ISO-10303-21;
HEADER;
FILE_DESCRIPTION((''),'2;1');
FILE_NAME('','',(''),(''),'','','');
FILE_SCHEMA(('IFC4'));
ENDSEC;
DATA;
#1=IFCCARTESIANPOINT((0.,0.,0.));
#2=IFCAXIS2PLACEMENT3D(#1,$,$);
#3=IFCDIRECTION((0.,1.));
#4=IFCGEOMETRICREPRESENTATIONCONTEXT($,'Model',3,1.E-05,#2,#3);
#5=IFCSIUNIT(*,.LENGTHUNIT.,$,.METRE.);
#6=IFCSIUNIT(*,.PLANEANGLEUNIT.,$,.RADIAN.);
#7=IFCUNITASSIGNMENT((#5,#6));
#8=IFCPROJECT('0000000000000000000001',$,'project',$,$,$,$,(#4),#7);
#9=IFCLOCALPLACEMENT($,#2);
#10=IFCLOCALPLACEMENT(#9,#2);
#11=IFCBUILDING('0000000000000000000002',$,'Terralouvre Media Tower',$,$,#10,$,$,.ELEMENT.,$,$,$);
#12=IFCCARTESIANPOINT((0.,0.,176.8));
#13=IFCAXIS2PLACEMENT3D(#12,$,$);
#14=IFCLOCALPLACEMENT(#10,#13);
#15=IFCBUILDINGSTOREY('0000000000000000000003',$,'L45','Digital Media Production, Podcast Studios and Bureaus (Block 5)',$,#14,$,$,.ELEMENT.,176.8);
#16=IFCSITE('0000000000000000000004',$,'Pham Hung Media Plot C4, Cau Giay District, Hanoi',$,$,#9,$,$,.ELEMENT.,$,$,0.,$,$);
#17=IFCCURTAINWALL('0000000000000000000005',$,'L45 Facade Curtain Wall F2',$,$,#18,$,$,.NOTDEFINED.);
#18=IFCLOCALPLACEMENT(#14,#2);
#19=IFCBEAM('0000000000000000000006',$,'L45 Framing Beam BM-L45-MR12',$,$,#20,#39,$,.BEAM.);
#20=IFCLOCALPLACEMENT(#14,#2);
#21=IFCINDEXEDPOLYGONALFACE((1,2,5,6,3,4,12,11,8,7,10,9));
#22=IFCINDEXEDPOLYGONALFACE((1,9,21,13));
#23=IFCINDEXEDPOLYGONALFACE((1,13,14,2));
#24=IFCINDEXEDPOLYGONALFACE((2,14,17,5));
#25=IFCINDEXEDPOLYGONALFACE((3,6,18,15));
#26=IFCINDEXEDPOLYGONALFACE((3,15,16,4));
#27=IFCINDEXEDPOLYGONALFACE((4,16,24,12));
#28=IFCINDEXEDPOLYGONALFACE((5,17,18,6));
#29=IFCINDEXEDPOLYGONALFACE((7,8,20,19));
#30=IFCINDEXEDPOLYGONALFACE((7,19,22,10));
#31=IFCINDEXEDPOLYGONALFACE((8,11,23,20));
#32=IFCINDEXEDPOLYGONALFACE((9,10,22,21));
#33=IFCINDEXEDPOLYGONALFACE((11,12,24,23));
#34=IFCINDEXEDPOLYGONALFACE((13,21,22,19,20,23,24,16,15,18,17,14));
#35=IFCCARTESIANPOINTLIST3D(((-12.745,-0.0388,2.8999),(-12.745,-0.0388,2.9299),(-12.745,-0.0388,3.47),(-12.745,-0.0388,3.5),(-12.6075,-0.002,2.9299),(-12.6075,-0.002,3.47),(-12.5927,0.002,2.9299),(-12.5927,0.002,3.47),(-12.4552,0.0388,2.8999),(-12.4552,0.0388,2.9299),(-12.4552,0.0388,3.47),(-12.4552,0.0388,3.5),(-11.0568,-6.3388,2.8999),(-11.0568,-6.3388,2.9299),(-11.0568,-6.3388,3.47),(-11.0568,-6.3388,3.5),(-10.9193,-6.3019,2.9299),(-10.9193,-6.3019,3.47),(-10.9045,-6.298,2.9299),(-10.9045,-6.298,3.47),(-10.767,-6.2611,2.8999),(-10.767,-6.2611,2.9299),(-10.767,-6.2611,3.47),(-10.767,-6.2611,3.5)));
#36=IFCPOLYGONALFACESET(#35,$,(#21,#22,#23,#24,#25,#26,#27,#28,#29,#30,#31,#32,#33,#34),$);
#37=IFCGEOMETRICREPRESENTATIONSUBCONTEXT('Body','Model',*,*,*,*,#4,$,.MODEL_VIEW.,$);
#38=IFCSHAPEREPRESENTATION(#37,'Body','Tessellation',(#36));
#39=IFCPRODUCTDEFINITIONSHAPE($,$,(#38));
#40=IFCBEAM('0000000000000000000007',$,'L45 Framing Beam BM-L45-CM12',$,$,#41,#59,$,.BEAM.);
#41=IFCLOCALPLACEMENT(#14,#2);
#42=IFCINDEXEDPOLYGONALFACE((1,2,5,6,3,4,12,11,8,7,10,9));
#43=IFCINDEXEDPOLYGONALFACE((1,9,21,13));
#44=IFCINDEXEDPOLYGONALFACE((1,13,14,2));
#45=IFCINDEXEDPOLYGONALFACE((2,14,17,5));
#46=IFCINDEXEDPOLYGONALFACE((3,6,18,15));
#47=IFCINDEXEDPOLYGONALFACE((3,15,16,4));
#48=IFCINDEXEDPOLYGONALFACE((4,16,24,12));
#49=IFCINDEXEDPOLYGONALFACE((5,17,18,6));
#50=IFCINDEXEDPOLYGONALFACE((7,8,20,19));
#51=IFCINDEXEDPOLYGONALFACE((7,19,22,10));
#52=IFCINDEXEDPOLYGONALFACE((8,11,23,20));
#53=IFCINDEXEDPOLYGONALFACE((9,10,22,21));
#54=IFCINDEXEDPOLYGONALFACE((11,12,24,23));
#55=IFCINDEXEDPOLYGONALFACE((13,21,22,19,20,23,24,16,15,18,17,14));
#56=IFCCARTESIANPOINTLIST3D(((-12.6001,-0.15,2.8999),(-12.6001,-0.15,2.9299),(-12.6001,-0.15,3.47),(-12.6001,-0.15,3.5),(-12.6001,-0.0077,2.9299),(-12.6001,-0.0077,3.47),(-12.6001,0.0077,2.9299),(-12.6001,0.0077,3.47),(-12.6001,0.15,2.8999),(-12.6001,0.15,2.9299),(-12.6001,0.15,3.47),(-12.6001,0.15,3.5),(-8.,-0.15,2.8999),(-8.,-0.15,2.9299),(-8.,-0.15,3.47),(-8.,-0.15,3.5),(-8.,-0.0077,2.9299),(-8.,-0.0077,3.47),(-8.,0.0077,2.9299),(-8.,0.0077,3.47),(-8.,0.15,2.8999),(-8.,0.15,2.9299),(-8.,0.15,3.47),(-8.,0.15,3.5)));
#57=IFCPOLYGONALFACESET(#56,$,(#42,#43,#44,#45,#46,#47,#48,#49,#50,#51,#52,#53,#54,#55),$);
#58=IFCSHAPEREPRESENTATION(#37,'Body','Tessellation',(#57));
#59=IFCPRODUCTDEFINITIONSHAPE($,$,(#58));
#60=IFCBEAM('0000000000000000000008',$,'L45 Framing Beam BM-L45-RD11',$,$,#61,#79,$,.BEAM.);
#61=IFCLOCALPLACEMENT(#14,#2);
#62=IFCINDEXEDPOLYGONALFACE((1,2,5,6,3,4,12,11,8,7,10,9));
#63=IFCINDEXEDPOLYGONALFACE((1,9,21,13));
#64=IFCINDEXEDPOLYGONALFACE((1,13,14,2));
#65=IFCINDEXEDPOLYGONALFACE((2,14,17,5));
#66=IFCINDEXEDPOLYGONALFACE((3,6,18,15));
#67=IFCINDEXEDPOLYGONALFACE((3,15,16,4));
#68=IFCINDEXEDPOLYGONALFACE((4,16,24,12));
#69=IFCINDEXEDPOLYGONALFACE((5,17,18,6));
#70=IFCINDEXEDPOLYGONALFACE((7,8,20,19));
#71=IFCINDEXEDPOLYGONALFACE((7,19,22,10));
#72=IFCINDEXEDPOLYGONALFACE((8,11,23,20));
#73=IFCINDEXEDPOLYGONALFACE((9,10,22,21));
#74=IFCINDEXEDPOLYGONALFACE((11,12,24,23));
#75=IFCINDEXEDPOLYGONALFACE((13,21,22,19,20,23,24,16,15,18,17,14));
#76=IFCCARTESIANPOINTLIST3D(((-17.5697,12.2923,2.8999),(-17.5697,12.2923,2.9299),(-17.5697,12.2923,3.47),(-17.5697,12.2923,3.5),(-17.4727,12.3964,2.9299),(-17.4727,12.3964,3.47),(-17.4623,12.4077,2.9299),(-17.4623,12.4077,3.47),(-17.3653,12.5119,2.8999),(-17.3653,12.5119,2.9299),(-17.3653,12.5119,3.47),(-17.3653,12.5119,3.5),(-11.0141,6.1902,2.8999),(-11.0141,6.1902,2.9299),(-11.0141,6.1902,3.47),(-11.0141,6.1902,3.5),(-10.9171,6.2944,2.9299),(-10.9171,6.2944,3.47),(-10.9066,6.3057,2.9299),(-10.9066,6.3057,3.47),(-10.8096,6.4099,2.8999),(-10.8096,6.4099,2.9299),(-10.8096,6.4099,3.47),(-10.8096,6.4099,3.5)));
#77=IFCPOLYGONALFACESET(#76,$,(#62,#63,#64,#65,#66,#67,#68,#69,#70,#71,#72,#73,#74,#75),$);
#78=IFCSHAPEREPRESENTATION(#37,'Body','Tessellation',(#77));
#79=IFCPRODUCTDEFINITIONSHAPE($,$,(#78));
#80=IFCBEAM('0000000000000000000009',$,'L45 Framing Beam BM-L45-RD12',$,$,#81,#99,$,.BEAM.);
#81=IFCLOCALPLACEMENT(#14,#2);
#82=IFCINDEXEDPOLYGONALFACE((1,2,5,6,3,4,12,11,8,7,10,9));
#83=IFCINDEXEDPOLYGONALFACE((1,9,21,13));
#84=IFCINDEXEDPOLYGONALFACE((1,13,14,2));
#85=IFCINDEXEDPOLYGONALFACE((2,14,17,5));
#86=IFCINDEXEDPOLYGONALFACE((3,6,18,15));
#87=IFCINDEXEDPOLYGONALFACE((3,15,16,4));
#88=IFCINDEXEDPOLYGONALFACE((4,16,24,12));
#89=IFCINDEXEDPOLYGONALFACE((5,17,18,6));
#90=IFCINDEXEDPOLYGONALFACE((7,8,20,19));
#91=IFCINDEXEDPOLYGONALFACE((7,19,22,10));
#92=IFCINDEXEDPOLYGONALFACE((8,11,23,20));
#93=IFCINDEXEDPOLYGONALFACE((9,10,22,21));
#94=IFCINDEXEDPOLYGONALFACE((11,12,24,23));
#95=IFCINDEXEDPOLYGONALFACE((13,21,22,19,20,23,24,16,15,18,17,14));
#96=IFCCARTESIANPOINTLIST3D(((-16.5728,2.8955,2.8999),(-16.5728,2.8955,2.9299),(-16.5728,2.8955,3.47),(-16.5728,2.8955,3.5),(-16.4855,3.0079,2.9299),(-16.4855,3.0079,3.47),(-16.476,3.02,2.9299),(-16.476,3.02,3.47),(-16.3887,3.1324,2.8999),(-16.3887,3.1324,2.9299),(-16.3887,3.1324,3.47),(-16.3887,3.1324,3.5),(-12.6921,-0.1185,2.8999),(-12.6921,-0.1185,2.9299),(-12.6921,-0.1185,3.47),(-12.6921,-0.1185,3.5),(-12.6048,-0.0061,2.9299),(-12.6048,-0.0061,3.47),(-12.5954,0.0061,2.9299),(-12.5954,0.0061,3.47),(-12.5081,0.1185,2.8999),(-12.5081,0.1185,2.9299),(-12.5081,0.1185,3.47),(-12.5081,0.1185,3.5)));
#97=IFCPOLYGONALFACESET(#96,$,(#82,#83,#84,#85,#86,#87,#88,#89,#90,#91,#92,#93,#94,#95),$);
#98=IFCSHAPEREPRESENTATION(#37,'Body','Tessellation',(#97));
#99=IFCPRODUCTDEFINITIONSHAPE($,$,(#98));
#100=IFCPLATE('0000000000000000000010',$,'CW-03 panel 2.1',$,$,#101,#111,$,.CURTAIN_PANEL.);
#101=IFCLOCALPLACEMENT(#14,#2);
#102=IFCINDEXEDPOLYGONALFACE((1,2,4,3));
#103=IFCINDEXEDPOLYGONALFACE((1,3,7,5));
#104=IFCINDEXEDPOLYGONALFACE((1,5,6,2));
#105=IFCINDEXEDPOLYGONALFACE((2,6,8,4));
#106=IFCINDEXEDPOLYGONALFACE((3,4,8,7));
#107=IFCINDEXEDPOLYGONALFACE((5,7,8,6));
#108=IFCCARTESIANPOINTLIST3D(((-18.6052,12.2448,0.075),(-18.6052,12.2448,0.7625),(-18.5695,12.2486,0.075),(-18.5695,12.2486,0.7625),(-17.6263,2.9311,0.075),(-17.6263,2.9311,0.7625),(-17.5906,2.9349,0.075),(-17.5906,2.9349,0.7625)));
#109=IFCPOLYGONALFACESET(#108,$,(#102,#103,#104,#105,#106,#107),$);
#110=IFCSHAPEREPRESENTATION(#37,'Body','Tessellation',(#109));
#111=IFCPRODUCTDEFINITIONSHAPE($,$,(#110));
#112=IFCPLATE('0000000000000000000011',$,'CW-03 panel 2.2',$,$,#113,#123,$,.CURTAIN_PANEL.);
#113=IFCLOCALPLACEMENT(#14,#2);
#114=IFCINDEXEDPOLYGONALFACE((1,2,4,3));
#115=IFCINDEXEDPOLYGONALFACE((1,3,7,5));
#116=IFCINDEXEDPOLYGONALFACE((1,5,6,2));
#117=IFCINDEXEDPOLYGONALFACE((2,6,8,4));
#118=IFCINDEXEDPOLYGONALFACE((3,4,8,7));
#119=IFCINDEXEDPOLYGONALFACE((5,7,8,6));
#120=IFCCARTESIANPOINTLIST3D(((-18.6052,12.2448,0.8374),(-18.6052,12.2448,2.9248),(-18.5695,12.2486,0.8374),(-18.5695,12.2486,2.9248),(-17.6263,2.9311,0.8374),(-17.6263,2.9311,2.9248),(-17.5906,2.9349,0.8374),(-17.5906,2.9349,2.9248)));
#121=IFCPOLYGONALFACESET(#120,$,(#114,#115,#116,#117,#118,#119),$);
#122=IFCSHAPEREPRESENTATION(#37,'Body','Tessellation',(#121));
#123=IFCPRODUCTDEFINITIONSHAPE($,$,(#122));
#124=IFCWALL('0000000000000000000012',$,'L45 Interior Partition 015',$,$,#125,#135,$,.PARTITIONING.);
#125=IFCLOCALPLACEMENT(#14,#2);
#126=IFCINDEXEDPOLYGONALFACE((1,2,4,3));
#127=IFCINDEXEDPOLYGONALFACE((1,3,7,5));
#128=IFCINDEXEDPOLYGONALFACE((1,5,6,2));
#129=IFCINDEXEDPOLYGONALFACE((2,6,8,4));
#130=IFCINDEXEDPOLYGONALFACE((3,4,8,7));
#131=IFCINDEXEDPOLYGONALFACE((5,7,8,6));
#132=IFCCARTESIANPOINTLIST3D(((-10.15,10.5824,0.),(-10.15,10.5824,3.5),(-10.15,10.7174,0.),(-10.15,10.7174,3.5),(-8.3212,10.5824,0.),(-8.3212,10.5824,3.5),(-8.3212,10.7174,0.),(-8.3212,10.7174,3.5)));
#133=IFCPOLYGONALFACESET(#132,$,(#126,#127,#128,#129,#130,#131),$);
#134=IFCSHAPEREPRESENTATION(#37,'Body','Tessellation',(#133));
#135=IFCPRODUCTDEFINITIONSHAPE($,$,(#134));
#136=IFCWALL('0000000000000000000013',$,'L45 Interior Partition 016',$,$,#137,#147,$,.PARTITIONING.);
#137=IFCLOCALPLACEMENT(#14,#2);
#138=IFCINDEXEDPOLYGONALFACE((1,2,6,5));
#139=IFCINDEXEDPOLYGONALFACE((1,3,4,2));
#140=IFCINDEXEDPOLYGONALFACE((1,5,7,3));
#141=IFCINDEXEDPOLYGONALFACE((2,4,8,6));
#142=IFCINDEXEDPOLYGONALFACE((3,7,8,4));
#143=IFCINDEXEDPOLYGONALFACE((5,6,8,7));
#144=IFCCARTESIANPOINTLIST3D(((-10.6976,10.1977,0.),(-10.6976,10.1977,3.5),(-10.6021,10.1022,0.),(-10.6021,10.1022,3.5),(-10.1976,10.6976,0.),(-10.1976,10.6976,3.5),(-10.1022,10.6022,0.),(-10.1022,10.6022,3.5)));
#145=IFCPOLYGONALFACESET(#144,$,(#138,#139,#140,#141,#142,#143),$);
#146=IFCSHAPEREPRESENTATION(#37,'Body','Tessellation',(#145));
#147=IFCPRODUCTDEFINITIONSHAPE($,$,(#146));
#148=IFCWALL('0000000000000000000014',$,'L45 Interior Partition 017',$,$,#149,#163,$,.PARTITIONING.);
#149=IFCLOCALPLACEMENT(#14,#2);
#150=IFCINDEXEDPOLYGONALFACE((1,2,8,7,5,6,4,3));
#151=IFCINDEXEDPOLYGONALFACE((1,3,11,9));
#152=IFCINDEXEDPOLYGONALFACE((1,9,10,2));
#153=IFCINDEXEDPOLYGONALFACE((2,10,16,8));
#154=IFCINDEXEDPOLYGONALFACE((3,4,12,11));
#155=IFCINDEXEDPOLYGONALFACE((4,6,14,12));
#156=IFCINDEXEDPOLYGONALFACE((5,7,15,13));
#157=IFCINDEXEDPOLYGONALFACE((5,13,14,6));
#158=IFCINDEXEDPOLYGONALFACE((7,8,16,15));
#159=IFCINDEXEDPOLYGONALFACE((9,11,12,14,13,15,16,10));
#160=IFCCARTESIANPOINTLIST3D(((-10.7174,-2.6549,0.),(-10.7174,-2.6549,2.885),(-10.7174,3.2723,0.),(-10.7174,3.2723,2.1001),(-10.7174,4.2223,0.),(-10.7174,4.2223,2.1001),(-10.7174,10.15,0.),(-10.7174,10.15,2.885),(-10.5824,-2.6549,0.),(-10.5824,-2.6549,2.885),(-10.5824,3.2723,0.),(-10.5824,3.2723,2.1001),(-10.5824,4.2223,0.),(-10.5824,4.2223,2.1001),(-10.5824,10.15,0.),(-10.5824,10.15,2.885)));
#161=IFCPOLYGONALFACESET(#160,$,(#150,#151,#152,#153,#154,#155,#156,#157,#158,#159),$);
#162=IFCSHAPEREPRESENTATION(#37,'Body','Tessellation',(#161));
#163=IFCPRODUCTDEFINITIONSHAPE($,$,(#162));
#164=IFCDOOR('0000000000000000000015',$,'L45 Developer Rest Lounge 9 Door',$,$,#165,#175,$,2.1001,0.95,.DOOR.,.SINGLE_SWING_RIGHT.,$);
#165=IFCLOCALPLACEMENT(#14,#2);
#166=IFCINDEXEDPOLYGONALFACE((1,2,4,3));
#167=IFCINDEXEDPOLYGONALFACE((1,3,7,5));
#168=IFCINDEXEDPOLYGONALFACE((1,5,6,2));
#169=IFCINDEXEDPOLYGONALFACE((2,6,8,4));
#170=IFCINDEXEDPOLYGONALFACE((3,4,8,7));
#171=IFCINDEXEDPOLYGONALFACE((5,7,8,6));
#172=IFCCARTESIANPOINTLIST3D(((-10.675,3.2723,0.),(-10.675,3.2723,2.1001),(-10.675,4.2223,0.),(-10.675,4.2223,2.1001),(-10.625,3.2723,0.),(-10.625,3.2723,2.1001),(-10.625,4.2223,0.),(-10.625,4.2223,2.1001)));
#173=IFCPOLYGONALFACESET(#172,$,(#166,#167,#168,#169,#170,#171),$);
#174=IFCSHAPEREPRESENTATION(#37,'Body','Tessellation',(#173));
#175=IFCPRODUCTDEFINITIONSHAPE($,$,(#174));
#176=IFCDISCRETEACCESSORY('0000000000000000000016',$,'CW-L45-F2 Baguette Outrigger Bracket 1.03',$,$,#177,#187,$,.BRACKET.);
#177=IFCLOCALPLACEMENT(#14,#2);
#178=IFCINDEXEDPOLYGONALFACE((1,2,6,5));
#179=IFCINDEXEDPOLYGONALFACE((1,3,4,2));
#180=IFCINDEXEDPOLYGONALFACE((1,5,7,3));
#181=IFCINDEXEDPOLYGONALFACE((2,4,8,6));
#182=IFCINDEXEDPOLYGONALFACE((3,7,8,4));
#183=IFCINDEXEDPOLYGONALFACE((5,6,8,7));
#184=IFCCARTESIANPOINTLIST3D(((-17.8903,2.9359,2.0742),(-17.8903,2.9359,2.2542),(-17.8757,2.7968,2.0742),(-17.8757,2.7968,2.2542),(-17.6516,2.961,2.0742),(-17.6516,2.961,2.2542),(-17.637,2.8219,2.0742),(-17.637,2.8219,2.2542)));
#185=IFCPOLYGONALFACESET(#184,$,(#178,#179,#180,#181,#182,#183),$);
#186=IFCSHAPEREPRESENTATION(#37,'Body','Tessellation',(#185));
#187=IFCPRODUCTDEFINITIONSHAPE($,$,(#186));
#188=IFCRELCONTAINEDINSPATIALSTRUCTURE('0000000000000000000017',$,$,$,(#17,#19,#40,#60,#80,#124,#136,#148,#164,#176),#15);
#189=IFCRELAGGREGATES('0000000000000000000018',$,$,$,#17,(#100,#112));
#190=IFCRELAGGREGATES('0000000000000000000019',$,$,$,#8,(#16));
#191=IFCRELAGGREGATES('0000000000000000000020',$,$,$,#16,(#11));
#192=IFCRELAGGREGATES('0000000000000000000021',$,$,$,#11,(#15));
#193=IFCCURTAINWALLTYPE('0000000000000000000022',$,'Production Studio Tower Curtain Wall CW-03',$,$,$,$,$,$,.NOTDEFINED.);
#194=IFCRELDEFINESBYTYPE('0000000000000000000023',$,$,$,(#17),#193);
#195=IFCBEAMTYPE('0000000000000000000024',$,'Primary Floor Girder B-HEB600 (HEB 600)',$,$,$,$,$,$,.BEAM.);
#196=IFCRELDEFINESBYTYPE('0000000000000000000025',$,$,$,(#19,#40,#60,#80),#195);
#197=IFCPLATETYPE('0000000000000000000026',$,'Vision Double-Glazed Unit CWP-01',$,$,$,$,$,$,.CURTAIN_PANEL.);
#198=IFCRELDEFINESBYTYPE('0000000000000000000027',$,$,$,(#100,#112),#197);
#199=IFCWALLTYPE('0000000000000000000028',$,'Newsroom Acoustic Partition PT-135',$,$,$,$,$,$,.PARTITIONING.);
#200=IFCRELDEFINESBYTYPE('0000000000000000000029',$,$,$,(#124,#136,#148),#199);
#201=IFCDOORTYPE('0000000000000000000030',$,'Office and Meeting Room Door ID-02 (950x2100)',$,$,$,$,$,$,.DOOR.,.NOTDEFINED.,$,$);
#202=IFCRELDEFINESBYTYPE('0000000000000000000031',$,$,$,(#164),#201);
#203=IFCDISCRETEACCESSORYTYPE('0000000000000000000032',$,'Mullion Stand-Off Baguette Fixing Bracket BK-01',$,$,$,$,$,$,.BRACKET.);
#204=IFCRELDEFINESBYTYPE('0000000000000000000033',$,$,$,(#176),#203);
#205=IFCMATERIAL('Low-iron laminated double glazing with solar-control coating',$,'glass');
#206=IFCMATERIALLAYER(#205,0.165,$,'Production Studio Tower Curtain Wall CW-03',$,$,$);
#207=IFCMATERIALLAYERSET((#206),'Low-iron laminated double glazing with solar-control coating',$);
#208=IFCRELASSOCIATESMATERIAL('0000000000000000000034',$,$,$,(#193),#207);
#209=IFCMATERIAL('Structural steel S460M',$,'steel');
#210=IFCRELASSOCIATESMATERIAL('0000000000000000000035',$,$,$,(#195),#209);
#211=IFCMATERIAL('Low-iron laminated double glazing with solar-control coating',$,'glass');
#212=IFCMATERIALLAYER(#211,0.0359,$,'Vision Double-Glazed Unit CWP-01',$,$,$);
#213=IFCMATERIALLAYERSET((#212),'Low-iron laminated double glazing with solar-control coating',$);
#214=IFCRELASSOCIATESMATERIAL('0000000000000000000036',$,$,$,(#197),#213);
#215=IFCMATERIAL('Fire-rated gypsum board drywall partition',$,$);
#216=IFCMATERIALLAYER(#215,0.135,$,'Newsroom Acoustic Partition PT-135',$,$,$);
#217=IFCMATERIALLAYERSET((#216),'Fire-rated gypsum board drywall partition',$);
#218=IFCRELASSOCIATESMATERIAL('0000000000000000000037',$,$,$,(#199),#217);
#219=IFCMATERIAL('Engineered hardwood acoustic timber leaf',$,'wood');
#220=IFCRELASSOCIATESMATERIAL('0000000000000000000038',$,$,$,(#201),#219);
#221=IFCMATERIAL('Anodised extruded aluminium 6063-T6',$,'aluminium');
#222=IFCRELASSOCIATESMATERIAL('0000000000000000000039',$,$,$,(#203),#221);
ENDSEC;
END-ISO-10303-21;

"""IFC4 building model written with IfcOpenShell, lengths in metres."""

from ifc_helpers import new_model, si_unit, direction, frame, frame_2d, origin, origin_2d, place, context, subcontext, project, spatial, rectangle, i_section, extrude, material, layer, layer_set, material_profile, profile_set, type_object, element, fill, aggregate, save


model = new_model("IFC4")

# Units and contexts
model_context = context("Model", 3, precision=1e-05, world=origin(), true_north=direction((0.0, 1.0)))
body_context = subcontext(model_context, "Body", "Model", "MODEL_VIEW")
ifc_project = project(units=[si_unit("LENGTHUNIT", "METRE"), si_unit("PLANEANGLEUNIT", "RADIAN")], contexts=[model_context])

# Site, building, storey
site_placement = place(None, origin())
site = spatial("IfcSite", under=ifc_project, at=site_placement, Name="Pham Hung Media Plot C4, Cau Giay District, Hanoi", CompositionType="ELEMENT", RefElevation=0.0)
building_placement = place(site_placement, origin())
building = spatial("IfcBuilding", under=site, at=building_placement, Name="Terralouvre Media Tower", CompositionType="ELEMENT")
storey_placement = place(building_placement, frame((0.0, 0.0, 176.8)))
storey = spatial("IfcBuildingStorey", under=building, at=storey_placement, Name="L45", Description="Digital Media Production, Podcast Studios and Bureaus (Block 5)", CompositionType="ELEMENT", Elevation=176.8)

# Curtain wall
ifc_material_1 = material(Name="Low-iron laminated double glazing with solar-control coating", Category="glass")
ifc_layer_1 = layer(ifc_material_1, 0.165, Name="Production Studio Tower Curtain Wall CW-03")
ifc_layer_set_1 = layer_set([ifc_layer_1], Name="Low-iron laminated double glazing with solar-control coating")
curtain_wall_type = type_object("IfcCurtainWallType", Name="Production Studio Tower Curtain Wall CW-03", PredefinedType="NOTDEFINED", material=ifc_layer_set_1)
curtain_wall_placement = place(storey_placement, origin())
curtain_wall = element("IfcCurtainWall", 1, at=curtain_wall_placement, inside=storey, type_object=curtain_wall_type, Name="L45 Facade Curtain Wall F2", PredefinedType="NOTDEFINED")

# Beams
ifc_material_2 = material(Name="Structural steel S460M", Category="steel")
ifc_material_profile_1 = material_profile(ifc_material_2, i_section(OverallWidth=0.3, OverallDepth=0.6001, WebThickness=0.0154, FlangeThickness=0.03, at=origin_2d()), Name="HEB 600")
ifc_profile_set_1 = profile_set([ifc_material_profile_1], Name="Structural steel S460M")
beam_type_1 = type_object("IfcBeamType", Name="Primary Floor Girder B-HEB600 (HEB 600)", PredefinedType="BEAM", material=ifc_profile_set_1)
for number, where, z_axis, x_axis, name in (
    (2, (-12.6001, 0.0, 3.2), (0.258839, -0.96592, 0.0), (0.96592, 0.258839, 0.0), "L45 Framing Beam BM-L45-MR12"),
):
    element("IfcBeam", number, at=place(storey_placement, frame(where, z_axis=z_axis, x_axis=x_axis)), inside=storey, type_object=beam_type_1, Name=name, PredefinedType="BEAM", context=body_context, shape_type="SweptSolid", body=[
        extrude(i_section(OverallWidth=0.3, OverallDepth=0.6001, WebThickness=0.0154, FlangeThickness=0.03, at=origin_2d()), origin(), (0.0, 0.0, 1.0), 6.5222),
    ])
beam_1_placement = place(storey_placement, frame((-8.0, 0.0, 3.2), z_axis=(-1.0, 0.0, 0.0), x_axis=(0.0, -1.0, 0.0)))
element("IfcBeam", 3, at=beam_1_placement, inside=storey, type_object=beam_type_1, Name="L45 Framing Beam BM-L45-CM12", PredefinedType="BEAM", context=body_context, shape_type="SweptSolid", body=[
    extrude(i_section(OverallWidth=0.3, OverallDepth=0.6001, WebThickness=0.0154, FlangeThickness=0.03, at=origin_2d()), origin(), (0.0, 0.0, 1.0), 4.6001),
])
beam_2_placement = place(storey_placement, frame((-10.9119, 6.3, 3.2), z_axis=(-0.731977, 0.681329, 0.0), x_axis=(-0.681329, -0.731977, 0.0)))
element("IfcBeam", 4, at=beam_2_placement, inside=storey, type_object=beam_type_1, Name="L45 Framing Beam BM-L45-RD11", PredefinedType="BEAM", context=body_context, shape_type="SweptSolid", body=[
    extrude(i_section(OverallWidth=0.3, OverallDepth=0.6001, WebThickness=0.0154, FlangeThickness=0.03, at=origin_2d()), origin(), (0.0, 0.0, 1.0), 8.9561),
])
beam_3_placement = place(storey_placement, frame((-12.6001, 0.0, 3.2), z_axis=(-0.78978, 0.61339, 0.0), x_axis=(-0.61339, -0.78978, 0.0)))
element("IfcBeam", 5, at=beam_3_placement, inside=storey, type_object=beam_type_1, Name="L45 Framing Beam BM-L45-RD12", PredefinedType="BEAM", context=body_context, shape_type="SweptSolid", body=[
    extrude(i_section(OverallWidth=0.3, OverallDepth=0.6001, WebThickness=0.0154, FlangeThickness=0.03, at=origin_2d()), origin(), (0.0, 0.0, 1.0), 4.9136),
])

# Plates
ifc_material_3 = material(Name="Low-iron laminated double glazing with solar-control coating", Category="glass")
ifc_layer_2 = layer(ifc_material_3, 0.0359, Name="Vision Double-Glazed Unit CWP-01")
ifc_layer_set_2 = layer_set([ifc_layer_2], Name="Low-iron laminated double glazing with solar-control coating")
plate_type = type_object("IfcPlateType", Name="Vision Double-Glazed Unit CWP-01", PredefinedType="CURTAIN_PANEL", material=ifc_layer_set_2)
plate_1_placement = place(storey_placement, frame((-18.0979, 7.5898, 0.075), z_axis=(0.0, 0.0, 1.0), x_axis=(0.104528, -0.994522, 0.0)))
plate_1 = element("IfcPlate", 6, at=plate_1_placement, type_object=plate_type, Name="CW-03 panel 2.1", PredefinedType="CURTAIN_PANEL", context=body_context, shape_type="SweptSolid", body=[
    extrude(rectangle(XDim=9.365, YDim=0.0359, at=origin_2d()), origin(), (0.0, 0.0, 1.0), 0.6875),
])
plate_2_placement = place(storey_placement, frame((-18.0979, 7.5898, 0.8374), z_axis=(0.0, 0.0, 1.0), x_axis=(0.104528, -0.994522, 0.0)))
plate_2 = element("IfcPlate", 7, at=plate_2_placement, type_object=plate_type, Name="CW-03 panel 2.2", PredefinedType="CURTAIN_PANEL", context=body_context, shape_type="SweptSolid", body=[
    extrude(rectangle(XDim=9.365, YDim=0.0359, at=origin_2d()), origin(), (0.0, 0.0, 1.0), 2.0874),
])
aggregate(curtain_wall, [plate_1, plate_2])

# Walls
ifc_material_4 = material(Name="Fire-rated gypsum board drywall partition")
ifc_layer_3 = layer(ifc_material_4, 0.135, Name="Newsroom Acoustic Partition PT-135")
ifc_layer_set_3 = layer_set([ifc_layer_3], Name="Fire-rated gypsum board drywall partition")
wall_type = type_object("IfcWallType", Name="Newsroom Acoustic Partition PT-135", PredefinedType="PARTITIONING", material=ifc_layer_set_3)
wall_1_placement = place(storey_placement, frame((-8.321, 10.6499, 0.0), z_axis=(0.0, 0.0, 1.0), x_axis=(-1.0, 0.0, 0.0)))
element("IfcWall", 8, at=wall_1_placement, inside=storey, type_object=wall_type, Name="L45 Interior Partition 015", PredefinedType="PARTITIONING", context=body_context, shape_type="SweptSolid", body=[
    extrude(rectangle(XDim=1.8289, YDim=0.135, at=frame_2d((0.9146, 0.0))), origin(), (0.0, 0.0, 1.0), 3.5),
])
wall_2_placement = place(storey_placement, frame((-10.1499, 10.6499, 0.0), z_axis=(0.0, 0.0, 1.0), x_axis=(-0.707107, -0.707107, 0.0)))
element("IfcWall", 9, at=wall_2_placement, inside=storey, type_object=wall_type, Name="L45 Interior Partition 016", PredefinedType="PARTITIONING", context=body_context, shape_type="SweptSolid", body=[
    extrude(rectangle(XDim=0.707, YDim=0.135, at=frame_2d((0.3535, 0.0))), origin(), (0.0, 0.0, 1.0), 3.5),
])

# Wall, opening, door
wall_3_placement = place(storey_placement, frame((-10.6499, 10.1499, 0.0), z_axis=(0.0, 0.0, 1.0), x_axis=(0.0, -1.0, 0.0)))
wall_3 = element("IfcWall", 10, at=wall_3_placement, inside=storey, type_object=wall_type, Name="L45 Interior Partition 017", PredefinedType="PARTITIONING", context=body_context, shape_type="SweptSolid", body=[
    extrude(rectangle(XDim=12.8049, YDim=0.135, at=frame_2d((6.4023, 0.0))), origin(), (0.0, 0.0, 1.0), 2.885),
])
opening_placement = place(wall_3_placement, frame((5.9275, 0.0, 0.0)))
opening = element("IfcOpeningElement", 11, at=opening_placement, cuts=wall_3, PredefinedType="OPENING", context=body_context, shape_type="SweptSolid", body=[
    extrude(rectangle(XDim=0.95, YDim=2.1001, at=frame_2d((0.4751, 1.05))), frame((0.0, 0.0774, 0.0), z_axis=(0.0, -1.0, 0.0), x_axis=(1.0, 0.0, 0.0)), (0.0, 0.0, 1.0), 0.155),
])
ifc_material_5 = material(Name="Engineered hardwood acoustic timber leaf", Category="wood")
door_type = type_object("IfcDoorType", Name="Office and Meeting Room Door ID-02 (950x2100)", OperationType="NOTDEFINED", PredefinedType="DOOR", material=ifc_material_5)
door_placement = place(opening_placement, origin())
door = element("IfcDoor", 12, at=door_placement, inside=storey, type_object=door_type, Name="L45 Developer Rest Lounge 9 Door", OperationType="SINGLE_SWING_RIGHT", OverallHeight=2.1001, OverallWidth=0.95, PredefinedType="DOOR", context=body_context, shape_type="SweptSolid", body=[
    extrude(rectangle(XDim=0.95, YDim=2.1001, at=frame_2d((0.4751, 1.05))), frame((0.0, 0.0249, 0.0), z_axis=(0.0, -1.0, 0.0), x_axis=(1.0, 0.0, 0.0)), (0.0, 0.0, 1.0), 0.05),
])
fill(opening, door)

# Discrete accessory
ifc_material_6 = material(Name="Anodised extruded aluminium 6063-T6", Category="aluminium")
discrete_accessory_type = type_object("IfcDiscreteAccessoryType", Name="Mullion Stand-Off Baguette Fixing Bracket BK-01", PredefinedType="BRACKET", material=ifc_material_6)
discrete_accessory_placement = place(storey_placement, frame((-17.7637, 2.8789, 2.0742), z_axis=(0.0, 0.0, 1.0), x_axis=(0.104528, -0.994522, 0.0)))
element("IfcDiscreteAccessory", 13, at=discrete_accessory_placement, inside=storey, type_object=discrete_accessory_type, Name="CW-L45-F2 Baguette Outrigger Bracket 1.03", PredefinedType="BRACKET", context=body_context, shape_type="SweptSolid", body=[
    extrude(rectangle(XDim=0.1399, YDim=0.24, at=origin_2d()), origin(), (0.0, 0.0, 1.0), 0.1799),
])

save(model, "model.ifc")
